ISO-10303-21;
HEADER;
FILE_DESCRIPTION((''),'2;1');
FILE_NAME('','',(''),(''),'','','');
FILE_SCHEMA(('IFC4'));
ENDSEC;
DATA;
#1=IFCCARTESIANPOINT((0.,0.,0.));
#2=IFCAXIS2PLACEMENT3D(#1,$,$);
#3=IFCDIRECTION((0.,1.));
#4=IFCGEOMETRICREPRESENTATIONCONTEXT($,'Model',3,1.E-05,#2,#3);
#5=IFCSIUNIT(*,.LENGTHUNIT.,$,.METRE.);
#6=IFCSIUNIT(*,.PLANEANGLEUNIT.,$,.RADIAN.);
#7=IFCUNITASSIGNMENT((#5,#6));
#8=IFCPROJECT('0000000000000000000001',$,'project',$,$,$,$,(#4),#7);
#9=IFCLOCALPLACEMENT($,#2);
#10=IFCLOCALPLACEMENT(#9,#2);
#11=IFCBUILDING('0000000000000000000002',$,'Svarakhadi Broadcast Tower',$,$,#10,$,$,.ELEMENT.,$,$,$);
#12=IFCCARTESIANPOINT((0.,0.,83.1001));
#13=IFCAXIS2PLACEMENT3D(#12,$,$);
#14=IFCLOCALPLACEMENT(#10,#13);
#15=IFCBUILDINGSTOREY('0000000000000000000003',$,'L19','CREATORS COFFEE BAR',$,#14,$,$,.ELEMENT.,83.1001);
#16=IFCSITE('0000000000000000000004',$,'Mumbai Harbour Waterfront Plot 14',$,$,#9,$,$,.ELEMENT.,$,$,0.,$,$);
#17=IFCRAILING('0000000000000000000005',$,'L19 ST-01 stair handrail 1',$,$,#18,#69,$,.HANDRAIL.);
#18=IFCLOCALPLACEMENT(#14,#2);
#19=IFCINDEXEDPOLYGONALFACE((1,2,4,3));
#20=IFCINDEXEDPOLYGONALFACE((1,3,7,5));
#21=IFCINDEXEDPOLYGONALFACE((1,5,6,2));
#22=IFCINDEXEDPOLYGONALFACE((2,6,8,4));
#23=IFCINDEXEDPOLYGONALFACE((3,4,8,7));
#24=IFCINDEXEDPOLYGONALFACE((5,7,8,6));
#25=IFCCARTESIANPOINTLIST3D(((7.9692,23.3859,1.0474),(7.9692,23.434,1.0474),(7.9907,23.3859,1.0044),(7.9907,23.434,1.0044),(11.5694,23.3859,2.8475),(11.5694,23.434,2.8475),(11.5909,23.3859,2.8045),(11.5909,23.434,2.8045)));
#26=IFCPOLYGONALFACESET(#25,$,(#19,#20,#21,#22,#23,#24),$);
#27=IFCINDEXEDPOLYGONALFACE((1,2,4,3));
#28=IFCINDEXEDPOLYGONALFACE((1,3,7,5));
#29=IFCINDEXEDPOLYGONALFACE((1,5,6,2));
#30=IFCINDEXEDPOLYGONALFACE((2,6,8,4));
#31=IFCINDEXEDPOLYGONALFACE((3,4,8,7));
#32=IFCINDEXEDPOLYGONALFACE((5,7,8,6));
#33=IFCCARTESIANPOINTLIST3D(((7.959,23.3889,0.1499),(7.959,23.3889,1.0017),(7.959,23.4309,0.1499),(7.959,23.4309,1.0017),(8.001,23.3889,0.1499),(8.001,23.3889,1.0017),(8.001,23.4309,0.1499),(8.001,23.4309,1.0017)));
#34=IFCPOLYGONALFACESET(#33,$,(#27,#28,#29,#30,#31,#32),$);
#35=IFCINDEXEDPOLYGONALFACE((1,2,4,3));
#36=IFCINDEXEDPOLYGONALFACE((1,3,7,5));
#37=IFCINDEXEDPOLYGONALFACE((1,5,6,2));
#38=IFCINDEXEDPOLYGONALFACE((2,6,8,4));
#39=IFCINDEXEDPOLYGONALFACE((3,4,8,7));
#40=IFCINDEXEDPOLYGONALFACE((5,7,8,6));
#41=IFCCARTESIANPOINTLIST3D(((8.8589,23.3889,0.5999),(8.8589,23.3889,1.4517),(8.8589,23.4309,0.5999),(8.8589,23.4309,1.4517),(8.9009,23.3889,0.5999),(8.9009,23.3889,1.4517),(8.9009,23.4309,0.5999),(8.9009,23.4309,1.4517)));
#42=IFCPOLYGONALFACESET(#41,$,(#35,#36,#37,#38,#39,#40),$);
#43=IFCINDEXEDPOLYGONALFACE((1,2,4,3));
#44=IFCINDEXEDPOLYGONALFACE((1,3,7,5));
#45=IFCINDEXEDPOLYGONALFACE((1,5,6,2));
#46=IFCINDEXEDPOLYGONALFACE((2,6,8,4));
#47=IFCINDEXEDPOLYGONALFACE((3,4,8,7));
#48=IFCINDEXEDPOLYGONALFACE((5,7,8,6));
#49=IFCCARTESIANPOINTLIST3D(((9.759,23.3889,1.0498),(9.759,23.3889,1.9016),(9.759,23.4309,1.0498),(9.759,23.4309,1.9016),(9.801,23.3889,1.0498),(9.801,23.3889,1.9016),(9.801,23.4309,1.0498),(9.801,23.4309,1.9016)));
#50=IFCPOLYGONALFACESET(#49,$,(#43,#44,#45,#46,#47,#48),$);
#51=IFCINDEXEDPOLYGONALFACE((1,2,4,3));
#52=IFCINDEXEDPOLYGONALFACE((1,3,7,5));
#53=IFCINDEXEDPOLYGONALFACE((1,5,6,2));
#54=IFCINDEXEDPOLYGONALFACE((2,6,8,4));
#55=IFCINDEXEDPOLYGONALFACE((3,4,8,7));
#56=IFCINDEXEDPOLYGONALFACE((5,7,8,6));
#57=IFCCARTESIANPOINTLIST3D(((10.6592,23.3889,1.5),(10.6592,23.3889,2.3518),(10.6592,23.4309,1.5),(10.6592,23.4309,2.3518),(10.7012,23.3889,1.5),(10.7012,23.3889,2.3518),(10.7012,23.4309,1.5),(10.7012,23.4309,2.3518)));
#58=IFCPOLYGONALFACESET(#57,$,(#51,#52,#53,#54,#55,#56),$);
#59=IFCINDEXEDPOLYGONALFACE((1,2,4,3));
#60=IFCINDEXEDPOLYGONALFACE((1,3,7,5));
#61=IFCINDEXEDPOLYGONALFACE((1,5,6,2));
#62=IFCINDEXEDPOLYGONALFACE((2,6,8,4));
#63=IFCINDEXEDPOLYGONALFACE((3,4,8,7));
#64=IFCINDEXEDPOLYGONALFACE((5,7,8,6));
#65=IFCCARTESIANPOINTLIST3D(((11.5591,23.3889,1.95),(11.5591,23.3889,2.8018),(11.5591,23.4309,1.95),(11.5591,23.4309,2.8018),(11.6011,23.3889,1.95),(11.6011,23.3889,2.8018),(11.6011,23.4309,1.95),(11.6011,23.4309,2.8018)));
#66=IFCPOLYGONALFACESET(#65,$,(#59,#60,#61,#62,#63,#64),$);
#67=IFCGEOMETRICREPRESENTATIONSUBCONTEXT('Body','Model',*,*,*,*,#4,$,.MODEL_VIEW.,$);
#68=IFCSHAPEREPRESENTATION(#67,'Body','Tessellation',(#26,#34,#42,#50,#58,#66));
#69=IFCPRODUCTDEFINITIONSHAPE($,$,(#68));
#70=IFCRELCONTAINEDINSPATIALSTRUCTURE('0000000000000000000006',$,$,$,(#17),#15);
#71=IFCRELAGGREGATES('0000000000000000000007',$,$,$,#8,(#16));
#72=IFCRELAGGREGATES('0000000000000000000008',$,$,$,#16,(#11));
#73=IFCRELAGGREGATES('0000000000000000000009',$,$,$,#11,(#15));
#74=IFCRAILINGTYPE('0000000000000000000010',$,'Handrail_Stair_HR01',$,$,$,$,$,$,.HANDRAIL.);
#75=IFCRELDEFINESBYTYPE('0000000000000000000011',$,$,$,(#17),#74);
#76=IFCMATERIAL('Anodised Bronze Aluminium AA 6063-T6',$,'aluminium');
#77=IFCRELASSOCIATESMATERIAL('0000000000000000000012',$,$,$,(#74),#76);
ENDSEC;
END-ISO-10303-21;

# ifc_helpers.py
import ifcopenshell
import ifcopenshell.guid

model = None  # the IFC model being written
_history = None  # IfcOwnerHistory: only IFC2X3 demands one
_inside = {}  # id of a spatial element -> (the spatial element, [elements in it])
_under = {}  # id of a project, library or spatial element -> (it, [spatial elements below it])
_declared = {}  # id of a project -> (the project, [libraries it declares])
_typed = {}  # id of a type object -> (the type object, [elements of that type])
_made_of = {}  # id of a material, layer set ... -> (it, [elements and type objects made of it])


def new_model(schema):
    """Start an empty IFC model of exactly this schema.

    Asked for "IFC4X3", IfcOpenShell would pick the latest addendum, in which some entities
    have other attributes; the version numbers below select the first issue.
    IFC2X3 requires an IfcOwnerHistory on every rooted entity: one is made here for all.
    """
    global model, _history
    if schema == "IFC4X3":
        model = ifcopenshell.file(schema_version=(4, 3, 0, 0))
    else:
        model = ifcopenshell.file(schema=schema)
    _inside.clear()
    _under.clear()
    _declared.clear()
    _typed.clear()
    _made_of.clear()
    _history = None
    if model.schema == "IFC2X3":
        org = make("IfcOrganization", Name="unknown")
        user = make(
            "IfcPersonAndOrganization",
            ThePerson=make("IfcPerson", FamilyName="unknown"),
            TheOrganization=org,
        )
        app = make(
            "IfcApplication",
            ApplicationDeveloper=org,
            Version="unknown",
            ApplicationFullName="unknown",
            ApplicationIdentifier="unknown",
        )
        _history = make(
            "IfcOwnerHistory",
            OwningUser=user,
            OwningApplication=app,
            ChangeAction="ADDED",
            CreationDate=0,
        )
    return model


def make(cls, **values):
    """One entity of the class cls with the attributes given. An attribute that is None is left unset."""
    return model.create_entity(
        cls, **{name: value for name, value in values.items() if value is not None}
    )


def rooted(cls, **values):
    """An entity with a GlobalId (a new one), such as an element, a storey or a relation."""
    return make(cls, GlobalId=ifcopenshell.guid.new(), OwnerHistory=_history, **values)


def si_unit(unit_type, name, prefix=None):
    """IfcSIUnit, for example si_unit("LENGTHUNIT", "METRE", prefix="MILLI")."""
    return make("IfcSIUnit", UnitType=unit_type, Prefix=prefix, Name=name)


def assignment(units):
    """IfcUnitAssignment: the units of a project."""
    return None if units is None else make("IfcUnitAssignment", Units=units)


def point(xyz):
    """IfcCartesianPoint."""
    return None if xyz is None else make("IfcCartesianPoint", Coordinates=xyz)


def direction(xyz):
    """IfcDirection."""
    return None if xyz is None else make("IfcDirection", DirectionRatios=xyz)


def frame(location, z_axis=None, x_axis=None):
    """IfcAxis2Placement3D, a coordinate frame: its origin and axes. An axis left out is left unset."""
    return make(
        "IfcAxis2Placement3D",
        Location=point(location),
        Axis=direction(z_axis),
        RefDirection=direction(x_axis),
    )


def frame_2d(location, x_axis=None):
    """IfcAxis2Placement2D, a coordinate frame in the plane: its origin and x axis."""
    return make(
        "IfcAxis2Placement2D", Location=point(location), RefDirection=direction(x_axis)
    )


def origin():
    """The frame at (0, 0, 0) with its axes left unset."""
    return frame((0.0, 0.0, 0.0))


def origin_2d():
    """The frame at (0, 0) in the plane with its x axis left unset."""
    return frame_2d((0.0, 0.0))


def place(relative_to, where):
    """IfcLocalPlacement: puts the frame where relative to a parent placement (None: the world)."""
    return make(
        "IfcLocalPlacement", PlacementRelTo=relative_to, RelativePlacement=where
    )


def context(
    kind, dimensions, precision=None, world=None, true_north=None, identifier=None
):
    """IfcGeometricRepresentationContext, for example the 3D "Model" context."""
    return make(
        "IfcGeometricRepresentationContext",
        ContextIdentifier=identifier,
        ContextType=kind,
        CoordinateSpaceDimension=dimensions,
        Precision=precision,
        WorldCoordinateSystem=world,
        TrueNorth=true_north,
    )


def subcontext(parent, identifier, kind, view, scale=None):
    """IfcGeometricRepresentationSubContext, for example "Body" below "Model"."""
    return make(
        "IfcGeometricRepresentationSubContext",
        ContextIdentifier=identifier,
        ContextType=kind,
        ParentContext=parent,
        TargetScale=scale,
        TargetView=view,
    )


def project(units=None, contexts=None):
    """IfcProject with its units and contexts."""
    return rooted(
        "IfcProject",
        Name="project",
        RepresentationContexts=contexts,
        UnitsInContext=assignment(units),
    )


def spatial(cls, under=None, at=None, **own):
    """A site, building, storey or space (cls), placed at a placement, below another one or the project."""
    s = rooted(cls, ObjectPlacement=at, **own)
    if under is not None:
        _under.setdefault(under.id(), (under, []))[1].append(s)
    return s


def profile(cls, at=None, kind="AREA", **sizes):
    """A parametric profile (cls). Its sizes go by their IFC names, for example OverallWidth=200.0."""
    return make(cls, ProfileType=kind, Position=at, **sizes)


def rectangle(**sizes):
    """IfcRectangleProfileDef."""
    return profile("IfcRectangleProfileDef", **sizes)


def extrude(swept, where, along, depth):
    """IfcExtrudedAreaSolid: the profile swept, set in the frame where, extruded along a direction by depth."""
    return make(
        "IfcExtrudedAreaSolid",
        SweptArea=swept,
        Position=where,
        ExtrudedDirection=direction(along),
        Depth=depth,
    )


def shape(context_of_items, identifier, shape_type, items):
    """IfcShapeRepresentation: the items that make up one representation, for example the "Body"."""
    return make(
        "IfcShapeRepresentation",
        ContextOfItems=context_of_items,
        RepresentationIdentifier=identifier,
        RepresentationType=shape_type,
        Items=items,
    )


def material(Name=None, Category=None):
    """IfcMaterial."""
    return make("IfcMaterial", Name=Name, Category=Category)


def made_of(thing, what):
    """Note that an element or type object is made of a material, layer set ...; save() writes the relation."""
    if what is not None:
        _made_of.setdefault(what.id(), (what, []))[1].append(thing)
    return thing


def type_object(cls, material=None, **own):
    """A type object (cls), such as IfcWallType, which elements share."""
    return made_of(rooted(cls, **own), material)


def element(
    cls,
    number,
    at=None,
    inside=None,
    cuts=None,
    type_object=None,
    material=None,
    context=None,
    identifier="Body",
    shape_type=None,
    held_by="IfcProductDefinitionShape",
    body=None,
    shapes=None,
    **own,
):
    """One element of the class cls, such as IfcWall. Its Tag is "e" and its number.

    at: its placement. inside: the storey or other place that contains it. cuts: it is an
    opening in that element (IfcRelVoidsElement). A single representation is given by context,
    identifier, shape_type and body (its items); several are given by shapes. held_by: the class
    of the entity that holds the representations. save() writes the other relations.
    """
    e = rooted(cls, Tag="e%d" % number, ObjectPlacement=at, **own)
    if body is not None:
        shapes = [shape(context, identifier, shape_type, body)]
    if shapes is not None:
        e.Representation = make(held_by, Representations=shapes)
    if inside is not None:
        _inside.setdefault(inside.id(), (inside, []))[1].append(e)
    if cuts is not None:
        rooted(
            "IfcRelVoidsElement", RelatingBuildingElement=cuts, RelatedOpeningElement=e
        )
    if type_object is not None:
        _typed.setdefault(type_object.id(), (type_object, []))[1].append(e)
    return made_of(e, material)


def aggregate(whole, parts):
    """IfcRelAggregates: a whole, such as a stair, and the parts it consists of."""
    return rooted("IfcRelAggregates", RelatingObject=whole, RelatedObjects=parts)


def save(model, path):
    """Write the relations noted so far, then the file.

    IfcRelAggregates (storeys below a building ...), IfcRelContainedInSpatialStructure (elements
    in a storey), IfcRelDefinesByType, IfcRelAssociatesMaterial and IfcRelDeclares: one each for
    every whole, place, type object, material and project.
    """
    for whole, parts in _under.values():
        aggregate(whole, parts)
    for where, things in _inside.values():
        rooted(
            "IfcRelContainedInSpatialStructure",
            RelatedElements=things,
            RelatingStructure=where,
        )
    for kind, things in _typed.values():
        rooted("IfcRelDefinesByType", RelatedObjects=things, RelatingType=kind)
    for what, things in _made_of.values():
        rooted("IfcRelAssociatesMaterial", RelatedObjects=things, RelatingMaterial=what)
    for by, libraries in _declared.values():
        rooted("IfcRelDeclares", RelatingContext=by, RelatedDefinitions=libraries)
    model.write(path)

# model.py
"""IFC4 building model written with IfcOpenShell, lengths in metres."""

from ifc_helpers import new_model, si_unit, direction, frame, origin, origin_2d, place, context, subcontext, project, spatial, rectangle, extrude, material, type_object, element, save


model = new_model("IFC4")

# Units and contexts
model_context = context("Model", 3, precision=1e-05, world=origin(), true_north=direction((0.0, 1.0)))
body_context = subcontext(model_context, "Body", "Model", "MODEL_VIEW")
ifc_project = project(units=[si_unit("LENGTHUNIT", "METRE"), si_unit("PLANEANGLEUNIT", "RADIAN")], contexts=[model_context])

# Site, building, storey
site_placement = place(None, origin())
site = spatial("IfcSite", under=ifc_project, at=site_placement, Name="Mumbai Harbour Waterfront Plot 14", CompositionType="ELEMENT", RefElevation=0.0)
building_placement = place(site_placement, origin())
building = spatial("IfcBuilding", under=site, at=building_placement, Name="Svarakhadi Broadcast Tower", CompositionType="ELEMENT")
storey_placement = place(building_placement, frame((0.0, 0.0, 83.1001)))
storey = spatial("IfcBuildingStorey", under=building, at=storey_placement, Name="L19", Description="CREATORS COFFEE BAR", CompositionType="ELEMENT", Elevation=83.1001)

# Railing
ifc_material_1 = material(Name="Anodised Bronze Aluminium AA 6063-T6", Category="aluminium")
railing_type = type_object("IfcRailingType", Name="Handrail_Stair_HR01", PredefinedType="HANDRAIL", material=ifc_material_1)
railing_placement = place(storey_placement, frame((7.98, 23.4099, 0.1499)))
element("IfcRailing", 1, at=railing_placement, inside=storey, type_object=railing_type, Name="L19 ST-01 stair handrail 1", PredefinedType="HANDRAIL", context=body_context, shape_type="SweptSolid", body=[
    extrude(rectangle(XDim=0.0481, YDim=0.0481, at=origin_2d()), frame((0.0, 0.0, 0.876), z_axis=(0.894427, 0.0, 0.447214), x_axis=(0.0, 1.0, 0.0)), (0.0, 0.0, 1.0), 4.0251),
    extrude(rectangle(XDim=0.042, YDim=0.042, at=origin_2d()), origin(), (0.0, 0.0, 1.0), 0.8518),
    extrude(rectangle(XDim=0.042, YDim=0.042, at=origin_2d()), frame((0.8999, 0.0, 0.45)), (0.0, 0.0, 1.0), 0.8518),
    extrude(rectangle(XDim=0.042, YDim=0.042, at=origin_2d()), frame((1.8, 0.0, 0.8999)), (0.0, 0.0, 1.0), 0.8518),
    extrude(rectangle(XDim=0.042, YDim=0.042, at=origin_2d()), frame((2.7002, 0.0, 1.3501)), (0.0, 0.0, 1.0), 0.8518),
    extrude(rectangle(XDim=0.042, YDim=0.042, at=origin_2d()), frame((3.6001, 0.0, 1.8)), (0.0, 0.0, 1.0), 0.8518),
])

save(model, "model.ifc")
